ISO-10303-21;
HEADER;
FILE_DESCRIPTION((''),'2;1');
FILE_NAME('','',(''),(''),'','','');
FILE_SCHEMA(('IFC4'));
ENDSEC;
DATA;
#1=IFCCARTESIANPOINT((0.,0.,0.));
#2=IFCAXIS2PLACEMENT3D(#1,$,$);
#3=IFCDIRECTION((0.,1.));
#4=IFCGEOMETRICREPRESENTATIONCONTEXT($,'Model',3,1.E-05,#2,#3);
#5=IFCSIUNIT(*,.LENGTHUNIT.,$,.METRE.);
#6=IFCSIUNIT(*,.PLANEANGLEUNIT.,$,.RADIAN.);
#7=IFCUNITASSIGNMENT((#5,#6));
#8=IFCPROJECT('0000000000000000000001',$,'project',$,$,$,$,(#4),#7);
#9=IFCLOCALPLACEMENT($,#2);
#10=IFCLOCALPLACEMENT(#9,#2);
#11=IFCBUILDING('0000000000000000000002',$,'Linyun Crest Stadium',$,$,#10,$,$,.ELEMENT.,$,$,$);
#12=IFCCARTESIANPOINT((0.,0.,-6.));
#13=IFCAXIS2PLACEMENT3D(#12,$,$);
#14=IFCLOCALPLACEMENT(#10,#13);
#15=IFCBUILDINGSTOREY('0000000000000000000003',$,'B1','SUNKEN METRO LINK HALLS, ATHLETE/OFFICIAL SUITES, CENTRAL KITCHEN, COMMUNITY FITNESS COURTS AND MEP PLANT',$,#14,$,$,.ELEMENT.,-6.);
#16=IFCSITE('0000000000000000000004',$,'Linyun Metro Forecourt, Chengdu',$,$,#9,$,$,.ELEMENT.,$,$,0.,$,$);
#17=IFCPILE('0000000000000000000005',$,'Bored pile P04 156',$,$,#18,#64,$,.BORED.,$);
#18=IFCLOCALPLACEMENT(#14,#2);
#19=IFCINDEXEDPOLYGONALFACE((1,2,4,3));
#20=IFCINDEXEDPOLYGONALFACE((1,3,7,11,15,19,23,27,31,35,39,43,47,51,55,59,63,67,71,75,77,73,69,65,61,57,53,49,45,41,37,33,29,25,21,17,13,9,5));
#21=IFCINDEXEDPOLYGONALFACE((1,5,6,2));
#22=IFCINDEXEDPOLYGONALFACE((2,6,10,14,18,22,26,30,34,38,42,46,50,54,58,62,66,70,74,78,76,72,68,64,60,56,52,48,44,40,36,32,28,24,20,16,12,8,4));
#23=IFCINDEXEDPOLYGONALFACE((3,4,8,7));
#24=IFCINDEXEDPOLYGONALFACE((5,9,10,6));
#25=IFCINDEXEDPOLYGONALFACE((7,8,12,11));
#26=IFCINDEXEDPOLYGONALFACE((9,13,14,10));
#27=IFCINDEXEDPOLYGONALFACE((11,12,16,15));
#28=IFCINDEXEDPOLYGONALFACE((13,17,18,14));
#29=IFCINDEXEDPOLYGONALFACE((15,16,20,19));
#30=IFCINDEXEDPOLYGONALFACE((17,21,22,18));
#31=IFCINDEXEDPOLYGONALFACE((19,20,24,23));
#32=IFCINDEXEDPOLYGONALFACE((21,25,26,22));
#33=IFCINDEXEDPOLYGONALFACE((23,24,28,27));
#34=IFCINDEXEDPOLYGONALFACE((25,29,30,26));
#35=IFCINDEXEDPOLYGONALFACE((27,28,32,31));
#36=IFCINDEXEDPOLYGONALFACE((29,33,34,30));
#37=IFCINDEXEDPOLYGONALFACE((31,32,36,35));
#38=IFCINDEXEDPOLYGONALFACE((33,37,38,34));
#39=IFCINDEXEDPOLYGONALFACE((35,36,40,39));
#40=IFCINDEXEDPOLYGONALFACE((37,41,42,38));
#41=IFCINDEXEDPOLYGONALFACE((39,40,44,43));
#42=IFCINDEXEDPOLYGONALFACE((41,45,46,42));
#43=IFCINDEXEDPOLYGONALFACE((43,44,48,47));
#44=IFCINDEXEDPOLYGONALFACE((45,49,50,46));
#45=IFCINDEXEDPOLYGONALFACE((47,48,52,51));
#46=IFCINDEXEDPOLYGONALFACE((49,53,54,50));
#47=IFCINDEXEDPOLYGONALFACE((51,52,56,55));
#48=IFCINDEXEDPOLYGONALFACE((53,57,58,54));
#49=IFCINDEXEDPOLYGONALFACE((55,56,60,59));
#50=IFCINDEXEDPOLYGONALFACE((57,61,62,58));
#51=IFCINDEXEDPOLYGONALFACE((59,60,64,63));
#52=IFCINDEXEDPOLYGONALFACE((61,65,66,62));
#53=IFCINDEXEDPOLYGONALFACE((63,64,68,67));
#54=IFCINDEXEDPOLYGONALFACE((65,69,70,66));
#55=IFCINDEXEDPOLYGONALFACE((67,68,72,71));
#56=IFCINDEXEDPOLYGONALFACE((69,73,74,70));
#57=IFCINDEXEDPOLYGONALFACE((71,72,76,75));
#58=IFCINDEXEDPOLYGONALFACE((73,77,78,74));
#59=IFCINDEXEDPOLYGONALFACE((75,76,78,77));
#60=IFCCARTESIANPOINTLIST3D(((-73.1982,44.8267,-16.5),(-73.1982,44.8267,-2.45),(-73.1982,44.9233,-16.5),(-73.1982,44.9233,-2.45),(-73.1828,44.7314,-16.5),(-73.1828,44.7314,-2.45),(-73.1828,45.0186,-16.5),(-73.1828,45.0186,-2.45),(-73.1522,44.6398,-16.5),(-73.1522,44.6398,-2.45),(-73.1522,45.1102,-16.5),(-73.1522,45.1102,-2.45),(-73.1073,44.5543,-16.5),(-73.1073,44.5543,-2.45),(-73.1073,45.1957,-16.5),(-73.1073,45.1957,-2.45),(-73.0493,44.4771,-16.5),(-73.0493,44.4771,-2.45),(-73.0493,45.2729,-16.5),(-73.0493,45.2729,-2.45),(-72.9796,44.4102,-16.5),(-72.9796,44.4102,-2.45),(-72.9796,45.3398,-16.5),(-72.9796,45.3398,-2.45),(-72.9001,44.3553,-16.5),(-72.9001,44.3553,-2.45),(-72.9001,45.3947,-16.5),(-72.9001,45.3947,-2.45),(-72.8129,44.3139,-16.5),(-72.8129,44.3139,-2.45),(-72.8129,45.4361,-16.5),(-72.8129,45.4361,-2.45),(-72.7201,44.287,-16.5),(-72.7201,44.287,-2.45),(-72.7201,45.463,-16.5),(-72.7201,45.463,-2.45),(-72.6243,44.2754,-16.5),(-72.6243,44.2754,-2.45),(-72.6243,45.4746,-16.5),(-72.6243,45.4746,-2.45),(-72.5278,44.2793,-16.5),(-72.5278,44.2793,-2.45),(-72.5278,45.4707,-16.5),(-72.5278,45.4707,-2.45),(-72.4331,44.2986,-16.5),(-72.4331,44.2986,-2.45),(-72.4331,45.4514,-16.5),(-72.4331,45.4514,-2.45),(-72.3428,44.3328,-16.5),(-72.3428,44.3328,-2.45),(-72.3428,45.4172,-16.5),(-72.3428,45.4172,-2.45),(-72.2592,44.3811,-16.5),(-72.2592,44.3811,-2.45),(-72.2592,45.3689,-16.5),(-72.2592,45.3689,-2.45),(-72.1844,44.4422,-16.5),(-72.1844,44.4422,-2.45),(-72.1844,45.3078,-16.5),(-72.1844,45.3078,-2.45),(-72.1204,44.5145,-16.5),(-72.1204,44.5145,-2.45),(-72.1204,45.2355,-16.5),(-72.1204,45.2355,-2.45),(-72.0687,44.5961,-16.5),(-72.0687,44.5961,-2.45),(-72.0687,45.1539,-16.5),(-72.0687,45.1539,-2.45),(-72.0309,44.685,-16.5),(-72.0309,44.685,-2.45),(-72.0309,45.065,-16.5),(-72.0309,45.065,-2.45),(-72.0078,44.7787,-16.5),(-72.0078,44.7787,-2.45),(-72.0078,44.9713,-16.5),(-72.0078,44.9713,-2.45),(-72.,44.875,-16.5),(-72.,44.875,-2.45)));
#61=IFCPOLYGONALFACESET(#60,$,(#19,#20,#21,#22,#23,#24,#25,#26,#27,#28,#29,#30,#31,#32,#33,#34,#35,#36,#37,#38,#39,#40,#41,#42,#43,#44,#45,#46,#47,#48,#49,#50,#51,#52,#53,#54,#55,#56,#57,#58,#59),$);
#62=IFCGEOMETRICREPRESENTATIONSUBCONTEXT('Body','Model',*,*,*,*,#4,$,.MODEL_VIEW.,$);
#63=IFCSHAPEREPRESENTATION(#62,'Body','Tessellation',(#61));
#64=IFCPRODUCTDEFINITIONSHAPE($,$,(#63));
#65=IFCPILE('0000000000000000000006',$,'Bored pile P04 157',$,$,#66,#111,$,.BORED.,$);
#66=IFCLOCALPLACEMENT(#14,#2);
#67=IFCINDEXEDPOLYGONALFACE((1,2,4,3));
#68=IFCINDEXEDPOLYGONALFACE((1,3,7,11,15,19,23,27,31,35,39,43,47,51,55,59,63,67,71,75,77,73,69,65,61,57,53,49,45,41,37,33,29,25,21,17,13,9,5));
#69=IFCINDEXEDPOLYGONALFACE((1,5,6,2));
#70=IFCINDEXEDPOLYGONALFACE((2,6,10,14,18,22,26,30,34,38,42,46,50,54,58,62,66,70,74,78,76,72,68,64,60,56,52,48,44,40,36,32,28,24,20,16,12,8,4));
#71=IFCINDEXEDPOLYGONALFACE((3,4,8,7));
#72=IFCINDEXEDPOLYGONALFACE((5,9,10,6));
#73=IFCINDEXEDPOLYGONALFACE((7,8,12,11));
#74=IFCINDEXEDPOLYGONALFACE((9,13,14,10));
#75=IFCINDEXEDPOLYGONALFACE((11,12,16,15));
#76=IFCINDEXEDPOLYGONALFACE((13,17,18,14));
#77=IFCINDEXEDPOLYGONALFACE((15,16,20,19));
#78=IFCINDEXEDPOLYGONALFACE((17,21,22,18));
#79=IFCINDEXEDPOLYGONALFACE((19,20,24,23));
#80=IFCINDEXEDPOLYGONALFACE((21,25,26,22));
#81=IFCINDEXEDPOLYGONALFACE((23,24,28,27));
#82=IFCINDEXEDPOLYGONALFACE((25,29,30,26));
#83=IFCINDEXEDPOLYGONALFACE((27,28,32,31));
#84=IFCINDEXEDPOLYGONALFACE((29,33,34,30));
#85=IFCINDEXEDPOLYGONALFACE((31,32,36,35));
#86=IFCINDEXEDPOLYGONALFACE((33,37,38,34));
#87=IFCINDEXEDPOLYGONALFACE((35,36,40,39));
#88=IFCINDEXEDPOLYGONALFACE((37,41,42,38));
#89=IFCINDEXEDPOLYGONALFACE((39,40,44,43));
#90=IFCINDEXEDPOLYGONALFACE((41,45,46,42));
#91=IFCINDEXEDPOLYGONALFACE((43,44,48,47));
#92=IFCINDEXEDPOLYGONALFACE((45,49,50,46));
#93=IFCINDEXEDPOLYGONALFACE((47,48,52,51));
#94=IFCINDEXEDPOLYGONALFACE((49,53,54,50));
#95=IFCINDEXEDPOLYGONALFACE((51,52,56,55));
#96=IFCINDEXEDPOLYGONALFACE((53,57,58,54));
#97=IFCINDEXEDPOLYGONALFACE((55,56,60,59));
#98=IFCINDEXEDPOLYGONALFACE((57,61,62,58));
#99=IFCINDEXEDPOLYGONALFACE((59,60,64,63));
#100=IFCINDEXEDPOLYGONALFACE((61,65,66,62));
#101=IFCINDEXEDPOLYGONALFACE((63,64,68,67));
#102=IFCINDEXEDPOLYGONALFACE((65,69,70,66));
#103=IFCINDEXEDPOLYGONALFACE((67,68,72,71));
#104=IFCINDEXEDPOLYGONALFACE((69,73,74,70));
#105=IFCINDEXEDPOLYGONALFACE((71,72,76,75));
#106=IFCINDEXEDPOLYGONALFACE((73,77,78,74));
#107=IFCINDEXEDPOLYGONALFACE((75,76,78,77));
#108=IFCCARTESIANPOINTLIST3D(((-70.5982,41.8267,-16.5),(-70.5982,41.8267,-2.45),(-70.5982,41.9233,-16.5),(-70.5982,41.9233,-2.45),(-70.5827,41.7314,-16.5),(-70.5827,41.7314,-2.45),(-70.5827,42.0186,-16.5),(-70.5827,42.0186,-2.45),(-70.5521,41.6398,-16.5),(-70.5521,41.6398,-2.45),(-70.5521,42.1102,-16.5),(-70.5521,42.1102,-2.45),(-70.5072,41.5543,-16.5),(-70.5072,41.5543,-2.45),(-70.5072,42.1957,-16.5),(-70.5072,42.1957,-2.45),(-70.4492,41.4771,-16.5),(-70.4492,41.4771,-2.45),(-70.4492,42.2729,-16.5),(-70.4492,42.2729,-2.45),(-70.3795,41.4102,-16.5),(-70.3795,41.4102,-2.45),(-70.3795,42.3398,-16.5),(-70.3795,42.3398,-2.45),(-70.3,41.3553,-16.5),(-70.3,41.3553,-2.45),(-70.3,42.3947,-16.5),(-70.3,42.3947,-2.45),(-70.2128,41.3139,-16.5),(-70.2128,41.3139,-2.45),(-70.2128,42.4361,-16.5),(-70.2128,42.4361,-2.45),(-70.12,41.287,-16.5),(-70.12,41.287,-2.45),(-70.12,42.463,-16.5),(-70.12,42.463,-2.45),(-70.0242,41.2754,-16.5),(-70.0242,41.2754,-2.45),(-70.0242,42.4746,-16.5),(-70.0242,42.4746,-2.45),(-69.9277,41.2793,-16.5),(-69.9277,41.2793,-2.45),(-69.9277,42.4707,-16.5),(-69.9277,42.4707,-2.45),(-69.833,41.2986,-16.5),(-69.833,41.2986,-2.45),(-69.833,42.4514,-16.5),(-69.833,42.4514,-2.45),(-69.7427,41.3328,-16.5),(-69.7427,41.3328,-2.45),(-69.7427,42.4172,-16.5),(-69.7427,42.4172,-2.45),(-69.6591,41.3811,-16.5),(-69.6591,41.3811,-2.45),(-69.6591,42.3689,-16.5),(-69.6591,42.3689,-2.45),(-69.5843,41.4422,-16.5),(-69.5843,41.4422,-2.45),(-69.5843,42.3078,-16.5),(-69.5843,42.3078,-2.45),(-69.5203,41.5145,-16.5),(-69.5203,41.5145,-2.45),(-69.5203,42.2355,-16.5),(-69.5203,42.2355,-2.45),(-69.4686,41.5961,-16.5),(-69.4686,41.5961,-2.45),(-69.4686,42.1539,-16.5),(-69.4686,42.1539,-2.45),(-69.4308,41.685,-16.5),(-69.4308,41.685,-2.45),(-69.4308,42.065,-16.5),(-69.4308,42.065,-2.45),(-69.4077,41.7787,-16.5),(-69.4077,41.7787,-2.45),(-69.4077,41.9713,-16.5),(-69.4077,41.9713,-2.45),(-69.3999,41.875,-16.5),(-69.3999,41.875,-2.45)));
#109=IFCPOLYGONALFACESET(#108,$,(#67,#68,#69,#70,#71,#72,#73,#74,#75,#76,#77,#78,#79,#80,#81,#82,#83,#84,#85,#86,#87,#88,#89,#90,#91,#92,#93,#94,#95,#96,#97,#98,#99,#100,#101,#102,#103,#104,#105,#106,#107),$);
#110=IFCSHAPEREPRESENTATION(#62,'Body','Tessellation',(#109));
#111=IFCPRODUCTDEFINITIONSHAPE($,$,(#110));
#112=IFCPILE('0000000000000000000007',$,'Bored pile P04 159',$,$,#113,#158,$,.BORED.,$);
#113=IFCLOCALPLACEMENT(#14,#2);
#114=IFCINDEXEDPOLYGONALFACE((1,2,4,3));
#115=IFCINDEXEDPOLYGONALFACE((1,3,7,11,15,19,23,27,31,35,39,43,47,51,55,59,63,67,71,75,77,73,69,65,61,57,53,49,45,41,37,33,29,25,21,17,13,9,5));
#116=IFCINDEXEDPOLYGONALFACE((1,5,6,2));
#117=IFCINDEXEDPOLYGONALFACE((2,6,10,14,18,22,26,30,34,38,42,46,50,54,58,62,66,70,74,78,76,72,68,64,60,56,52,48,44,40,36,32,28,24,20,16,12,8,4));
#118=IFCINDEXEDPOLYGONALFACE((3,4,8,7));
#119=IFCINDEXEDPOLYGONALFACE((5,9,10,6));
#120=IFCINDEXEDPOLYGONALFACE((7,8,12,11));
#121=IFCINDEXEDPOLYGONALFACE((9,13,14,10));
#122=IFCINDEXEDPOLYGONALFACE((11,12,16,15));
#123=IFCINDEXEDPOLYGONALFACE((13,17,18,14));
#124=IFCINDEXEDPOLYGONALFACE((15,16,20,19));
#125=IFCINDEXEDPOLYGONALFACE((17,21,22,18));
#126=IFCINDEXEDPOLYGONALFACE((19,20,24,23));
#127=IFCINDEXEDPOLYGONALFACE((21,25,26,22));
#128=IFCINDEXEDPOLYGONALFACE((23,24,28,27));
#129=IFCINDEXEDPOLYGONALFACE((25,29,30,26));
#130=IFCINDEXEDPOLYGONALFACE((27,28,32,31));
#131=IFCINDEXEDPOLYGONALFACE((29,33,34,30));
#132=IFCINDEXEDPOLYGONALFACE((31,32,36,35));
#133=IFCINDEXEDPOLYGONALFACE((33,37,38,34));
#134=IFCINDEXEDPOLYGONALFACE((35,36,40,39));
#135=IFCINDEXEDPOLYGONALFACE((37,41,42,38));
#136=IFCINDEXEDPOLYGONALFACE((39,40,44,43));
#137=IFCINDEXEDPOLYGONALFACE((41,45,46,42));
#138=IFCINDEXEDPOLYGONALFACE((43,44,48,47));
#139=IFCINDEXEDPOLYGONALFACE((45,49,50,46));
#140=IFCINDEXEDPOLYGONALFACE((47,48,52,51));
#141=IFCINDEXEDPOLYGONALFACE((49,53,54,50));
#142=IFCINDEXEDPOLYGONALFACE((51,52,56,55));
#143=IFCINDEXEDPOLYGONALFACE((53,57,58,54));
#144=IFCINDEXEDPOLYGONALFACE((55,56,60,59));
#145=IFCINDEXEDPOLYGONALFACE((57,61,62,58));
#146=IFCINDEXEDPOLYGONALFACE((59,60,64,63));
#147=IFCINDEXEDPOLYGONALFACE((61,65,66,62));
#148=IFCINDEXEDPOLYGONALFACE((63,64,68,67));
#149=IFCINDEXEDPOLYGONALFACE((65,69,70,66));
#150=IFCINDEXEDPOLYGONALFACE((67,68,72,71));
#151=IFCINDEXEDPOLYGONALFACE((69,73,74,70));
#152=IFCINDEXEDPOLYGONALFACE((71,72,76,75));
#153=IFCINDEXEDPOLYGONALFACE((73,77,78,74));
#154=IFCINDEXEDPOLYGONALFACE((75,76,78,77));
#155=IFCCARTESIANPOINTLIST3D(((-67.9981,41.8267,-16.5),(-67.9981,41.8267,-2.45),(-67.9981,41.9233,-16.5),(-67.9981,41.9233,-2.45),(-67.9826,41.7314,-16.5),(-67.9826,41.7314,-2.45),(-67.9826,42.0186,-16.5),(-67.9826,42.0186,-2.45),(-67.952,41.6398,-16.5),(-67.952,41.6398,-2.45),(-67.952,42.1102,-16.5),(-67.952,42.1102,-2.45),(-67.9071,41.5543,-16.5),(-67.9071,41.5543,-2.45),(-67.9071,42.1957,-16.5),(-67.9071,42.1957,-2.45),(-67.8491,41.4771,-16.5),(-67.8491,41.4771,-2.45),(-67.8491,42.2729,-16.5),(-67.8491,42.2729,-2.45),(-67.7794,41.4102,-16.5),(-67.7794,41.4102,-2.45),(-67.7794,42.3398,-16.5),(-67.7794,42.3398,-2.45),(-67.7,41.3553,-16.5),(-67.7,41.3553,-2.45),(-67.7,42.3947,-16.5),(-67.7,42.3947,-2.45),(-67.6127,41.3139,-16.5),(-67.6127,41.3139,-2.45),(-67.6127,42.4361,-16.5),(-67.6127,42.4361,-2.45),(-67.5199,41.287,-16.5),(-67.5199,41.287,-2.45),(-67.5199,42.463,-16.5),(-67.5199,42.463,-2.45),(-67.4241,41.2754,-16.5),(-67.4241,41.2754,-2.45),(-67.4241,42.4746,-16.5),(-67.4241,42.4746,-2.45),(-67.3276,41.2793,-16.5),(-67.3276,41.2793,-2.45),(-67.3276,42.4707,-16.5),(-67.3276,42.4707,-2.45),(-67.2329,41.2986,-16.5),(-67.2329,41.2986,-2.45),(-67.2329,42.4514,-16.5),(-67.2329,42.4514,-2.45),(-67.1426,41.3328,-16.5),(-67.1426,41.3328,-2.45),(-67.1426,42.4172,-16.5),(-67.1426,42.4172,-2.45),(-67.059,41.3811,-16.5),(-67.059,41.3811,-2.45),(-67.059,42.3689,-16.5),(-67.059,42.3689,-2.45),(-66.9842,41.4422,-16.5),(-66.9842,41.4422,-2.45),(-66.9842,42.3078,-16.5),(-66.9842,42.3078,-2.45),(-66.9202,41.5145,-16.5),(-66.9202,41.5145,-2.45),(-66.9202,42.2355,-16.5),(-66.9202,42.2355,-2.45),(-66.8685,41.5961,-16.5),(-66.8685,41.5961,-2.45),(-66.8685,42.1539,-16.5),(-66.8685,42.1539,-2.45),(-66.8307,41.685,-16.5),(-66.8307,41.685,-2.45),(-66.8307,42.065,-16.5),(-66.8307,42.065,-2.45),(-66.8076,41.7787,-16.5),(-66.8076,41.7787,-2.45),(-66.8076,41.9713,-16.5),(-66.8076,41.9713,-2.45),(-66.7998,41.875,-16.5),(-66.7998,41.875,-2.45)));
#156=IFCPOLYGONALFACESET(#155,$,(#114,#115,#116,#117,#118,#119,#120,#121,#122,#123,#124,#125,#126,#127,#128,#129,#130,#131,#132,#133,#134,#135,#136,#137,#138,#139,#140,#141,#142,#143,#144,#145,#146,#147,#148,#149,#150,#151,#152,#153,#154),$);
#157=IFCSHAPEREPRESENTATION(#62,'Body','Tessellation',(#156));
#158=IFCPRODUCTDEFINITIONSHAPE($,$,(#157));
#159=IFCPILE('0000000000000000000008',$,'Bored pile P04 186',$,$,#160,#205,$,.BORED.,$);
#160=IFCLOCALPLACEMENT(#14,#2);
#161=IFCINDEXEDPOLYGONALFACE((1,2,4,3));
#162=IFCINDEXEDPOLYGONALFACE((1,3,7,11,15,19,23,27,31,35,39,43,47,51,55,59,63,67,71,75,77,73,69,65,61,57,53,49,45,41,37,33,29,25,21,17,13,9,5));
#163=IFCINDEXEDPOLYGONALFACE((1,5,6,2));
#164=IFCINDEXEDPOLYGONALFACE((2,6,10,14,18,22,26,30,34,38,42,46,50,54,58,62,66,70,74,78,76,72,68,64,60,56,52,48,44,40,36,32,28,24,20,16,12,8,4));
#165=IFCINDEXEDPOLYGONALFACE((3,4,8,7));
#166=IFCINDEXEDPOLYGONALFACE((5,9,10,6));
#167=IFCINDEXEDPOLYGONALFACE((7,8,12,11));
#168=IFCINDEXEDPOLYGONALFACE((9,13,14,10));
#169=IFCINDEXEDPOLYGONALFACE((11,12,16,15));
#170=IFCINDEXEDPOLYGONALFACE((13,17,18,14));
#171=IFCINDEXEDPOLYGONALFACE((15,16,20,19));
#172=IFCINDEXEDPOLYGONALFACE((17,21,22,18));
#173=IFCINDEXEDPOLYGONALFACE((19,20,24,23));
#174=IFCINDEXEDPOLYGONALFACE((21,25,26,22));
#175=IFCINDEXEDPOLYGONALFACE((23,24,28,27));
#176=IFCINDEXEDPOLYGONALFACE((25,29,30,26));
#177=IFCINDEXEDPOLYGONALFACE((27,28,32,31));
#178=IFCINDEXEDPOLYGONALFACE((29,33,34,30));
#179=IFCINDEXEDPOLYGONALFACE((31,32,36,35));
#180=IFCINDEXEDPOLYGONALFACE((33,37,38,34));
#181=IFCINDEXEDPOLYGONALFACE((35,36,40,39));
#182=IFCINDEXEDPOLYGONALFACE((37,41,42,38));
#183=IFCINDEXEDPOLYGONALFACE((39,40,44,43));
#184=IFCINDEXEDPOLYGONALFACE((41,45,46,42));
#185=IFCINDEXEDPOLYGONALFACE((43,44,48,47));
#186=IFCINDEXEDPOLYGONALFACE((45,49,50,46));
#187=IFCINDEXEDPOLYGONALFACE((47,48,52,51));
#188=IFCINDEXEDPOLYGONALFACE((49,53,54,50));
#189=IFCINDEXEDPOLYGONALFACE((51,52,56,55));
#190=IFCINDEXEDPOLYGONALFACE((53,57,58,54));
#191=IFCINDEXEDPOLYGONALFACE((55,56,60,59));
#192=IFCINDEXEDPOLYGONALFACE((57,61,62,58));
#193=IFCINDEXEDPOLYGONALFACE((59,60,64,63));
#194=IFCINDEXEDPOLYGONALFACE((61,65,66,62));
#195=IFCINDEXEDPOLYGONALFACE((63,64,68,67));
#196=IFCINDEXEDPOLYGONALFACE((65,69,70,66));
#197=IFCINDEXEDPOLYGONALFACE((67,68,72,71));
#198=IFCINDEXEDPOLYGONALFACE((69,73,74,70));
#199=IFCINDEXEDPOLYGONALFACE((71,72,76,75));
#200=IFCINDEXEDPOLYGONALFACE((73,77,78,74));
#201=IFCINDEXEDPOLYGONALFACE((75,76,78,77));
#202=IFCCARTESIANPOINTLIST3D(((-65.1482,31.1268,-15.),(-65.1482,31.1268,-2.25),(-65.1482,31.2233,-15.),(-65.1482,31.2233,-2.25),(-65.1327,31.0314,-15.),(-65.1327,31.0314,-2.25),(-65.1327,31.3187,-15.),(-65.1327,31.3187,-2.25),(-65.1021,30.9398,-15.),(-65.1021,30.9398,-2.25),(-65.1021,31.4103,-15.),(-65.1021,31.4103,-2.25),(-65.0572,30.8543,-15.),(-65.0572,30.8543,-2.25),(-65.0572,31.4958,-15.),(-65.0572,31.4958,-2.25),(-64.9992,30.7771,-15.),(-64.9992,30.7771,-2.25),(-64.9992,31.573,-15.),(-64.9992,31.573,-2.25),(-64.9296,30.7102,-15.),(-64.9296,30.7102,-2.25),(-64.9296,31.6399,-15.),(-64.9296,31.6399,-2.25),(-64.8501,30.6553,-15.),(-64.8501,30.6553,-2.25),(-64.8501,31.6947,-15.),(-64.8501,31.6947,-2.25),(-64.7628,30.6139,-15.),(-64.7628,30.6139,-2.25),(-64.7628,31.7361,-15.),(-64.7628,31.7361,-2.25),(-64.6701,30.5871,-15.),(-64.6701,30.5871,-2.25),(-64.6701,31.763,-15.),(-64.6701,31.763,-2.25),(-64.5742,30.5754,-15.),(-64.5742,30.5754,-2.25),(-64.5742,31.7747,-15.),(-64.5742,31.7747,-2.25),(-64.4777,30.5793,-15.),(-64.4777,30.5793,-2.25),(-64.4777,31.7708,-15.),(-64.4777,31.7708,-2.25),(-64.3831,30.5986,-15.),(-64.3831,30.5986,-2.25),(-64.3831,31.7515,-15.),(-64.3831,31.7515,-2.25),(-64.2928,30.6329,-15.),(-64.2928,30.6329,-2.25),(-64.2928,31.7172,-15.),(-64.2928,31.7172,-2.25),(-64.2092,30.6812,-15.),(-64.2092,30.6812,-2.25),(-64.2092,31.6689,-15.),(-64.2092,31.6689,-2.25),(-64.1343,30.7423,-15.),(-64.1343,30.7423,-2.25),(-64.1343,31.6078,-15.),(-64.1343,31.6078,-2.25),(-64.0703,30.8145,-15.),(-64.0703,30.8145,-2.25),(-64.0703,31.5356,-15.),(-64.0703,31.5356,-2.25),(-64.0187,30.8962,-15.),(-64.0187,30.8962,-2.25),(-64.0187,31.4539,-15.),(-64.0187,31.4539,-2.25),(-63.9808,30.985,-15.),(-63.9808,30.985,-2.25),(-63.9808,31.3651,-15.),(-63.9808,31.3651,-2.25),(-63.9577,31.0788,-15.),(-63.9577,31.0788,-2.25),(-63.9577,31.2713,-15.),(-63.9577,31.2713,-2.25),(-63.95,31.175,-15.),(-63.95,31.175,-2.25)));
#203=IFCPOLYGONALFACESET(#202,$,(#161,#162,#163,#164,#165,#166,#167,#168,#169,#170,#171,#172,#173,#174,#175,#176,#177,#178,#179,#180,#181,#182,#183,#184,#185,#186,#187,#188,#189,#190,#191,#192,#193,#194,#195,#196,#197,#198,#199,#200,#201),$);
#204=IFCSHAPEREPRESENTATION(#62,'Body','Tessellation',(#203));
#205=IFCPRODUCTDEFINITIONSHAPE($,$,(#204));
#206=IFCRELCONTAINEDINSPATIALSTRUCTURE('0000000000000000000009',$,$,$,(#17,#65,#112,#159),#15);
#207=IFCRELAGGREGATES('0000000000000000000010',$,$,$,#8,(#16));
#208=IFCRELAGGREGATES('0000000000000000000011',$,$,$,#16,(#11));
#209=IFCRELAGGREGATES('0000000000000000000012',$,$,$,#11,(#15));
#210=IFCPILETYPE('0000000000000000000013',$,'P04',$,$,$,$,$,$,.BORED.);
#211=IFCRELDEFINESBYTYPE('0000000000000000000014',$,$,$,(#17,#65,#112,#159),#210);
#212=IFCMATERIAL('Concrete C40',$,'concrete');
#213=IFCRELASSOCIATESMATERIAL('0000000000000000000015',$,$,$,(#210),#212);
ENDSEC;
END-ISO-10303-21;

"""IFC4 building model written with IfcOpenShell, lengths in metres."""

from ifc_helpers import new_model, si_unit, direction, frame, origin, origin_2d, place, context, subcontext, project, spatial, circle, extrude, material, material_profile, profile_set, type_object, element, save


model = new_model("IFC4")

# Units and contexts
model_context = context("Model", 3, precision=1e-05, world=origin(), true_north=direction((0.0, 1.0)))
body_context = subcontext(model_context, "Body", "Model", "MODEL_VIEW")
ifc_project = project(units=[si_unit("LENGTHUNIT", "METRE"), si_unit("PLANEANGLEUNIT", "RADIAN")], contexts=[model_context])

# Site, building, storey
site_placement = place(None, origin())
site = spatial("IfcSite", under=ifc_project, at=site_placement, Name="Linyun Metro Forecourt, Chengdu", CompositionType="ELEMENT", RefElevation=0.0)
building_placement = place(site_placement, origin())
building = spatial("IfcBuilding", under=site, at=building_placement, Name="Linyun Crest Stadium", CompositionType="ELEMENT")
storey_placement = place(building_placement, frame((0.0, 0.0, -6.0)))
storey = spatial("IfcBuildingStorey", under=building, at=storey_placement, Name="B1", Description="SUNKEN METRO LINK HALLS, ATHLETE/OFFICIAL SUITES, CENTRAL KITCHEN, COMMUNITY FITNESS COURTS AND MEP PLANT", CompositionType="ELEMENT", Elevation=-6.0)

# Piles
ifc_material_1 = material(Name="Concrete C40", Category="concrete")
ifc_material_profile_1 = material_profile(ifc_material_1, circle(Radius=0.6001, at=origin_2d()), Name="BORED PILE 1200")
ifc_profile_set_1 = profile_set([ifc_material_profile_1], Name="Concrete C40")
pile_type = type_object("IfcPileType", Name="P04", PredefinedType="BORED", material=ifc_profile_set_1)
for number, where, z_axis, x_axis, name in (
    (1, (-72.6001, 44.875, -2.45), (0.0, 0.0, -1.0), (1.0, 0.0, 0.0), "Bored pile P04 156"),
    (2, (-70.0, 41.875, -2.45), (0.0, 0.0, -1.0), (1.0, 0.0, 0.0), "Bored pile P04 157"),
    (3, (-67.3999, 41.875, -2.45), (0.0, 0.0, -1.0), (1.0, 0.0, 0.0), "Bored pile P04 159"),
):
    element("IfcPile", number, at=place(storey_placement, frame(where, z_axis=z_axis, x_axis=x_axis)), inside=storey, type_object=pile_type, Name=name, PredefinedType="BORED", context=body_context, shape_type="SweptSolid", body=[
        extrude(circle(Radius=0.6001, at=origin_2d()), origin(), (0.0, 0.0, 1.0), 14.05),
    ])
for number, where, z_axis, x_axis, name in (
    (4, (-64.55, 31.175, -2.25), (0.0, 0.0, -1.0), (1.0, 0.0, 0.0), "Bored pile P04 186"),
):
    element("IfcPile", number, at=place(storey_placement, frame(where, z_axis=z_axis, x_axis=x_axis)), inside=storey, type_object=pile_type, Name=name, PredefinedType="BORED", context=body_context, shape_type="SweptSolid", body=[
        extrude(circle(Radius=0.6001, at=origin_2d()), origin(), (0.0, 0.0, 1.0), 12.75),
    ])

save(model, "model.ifc")
